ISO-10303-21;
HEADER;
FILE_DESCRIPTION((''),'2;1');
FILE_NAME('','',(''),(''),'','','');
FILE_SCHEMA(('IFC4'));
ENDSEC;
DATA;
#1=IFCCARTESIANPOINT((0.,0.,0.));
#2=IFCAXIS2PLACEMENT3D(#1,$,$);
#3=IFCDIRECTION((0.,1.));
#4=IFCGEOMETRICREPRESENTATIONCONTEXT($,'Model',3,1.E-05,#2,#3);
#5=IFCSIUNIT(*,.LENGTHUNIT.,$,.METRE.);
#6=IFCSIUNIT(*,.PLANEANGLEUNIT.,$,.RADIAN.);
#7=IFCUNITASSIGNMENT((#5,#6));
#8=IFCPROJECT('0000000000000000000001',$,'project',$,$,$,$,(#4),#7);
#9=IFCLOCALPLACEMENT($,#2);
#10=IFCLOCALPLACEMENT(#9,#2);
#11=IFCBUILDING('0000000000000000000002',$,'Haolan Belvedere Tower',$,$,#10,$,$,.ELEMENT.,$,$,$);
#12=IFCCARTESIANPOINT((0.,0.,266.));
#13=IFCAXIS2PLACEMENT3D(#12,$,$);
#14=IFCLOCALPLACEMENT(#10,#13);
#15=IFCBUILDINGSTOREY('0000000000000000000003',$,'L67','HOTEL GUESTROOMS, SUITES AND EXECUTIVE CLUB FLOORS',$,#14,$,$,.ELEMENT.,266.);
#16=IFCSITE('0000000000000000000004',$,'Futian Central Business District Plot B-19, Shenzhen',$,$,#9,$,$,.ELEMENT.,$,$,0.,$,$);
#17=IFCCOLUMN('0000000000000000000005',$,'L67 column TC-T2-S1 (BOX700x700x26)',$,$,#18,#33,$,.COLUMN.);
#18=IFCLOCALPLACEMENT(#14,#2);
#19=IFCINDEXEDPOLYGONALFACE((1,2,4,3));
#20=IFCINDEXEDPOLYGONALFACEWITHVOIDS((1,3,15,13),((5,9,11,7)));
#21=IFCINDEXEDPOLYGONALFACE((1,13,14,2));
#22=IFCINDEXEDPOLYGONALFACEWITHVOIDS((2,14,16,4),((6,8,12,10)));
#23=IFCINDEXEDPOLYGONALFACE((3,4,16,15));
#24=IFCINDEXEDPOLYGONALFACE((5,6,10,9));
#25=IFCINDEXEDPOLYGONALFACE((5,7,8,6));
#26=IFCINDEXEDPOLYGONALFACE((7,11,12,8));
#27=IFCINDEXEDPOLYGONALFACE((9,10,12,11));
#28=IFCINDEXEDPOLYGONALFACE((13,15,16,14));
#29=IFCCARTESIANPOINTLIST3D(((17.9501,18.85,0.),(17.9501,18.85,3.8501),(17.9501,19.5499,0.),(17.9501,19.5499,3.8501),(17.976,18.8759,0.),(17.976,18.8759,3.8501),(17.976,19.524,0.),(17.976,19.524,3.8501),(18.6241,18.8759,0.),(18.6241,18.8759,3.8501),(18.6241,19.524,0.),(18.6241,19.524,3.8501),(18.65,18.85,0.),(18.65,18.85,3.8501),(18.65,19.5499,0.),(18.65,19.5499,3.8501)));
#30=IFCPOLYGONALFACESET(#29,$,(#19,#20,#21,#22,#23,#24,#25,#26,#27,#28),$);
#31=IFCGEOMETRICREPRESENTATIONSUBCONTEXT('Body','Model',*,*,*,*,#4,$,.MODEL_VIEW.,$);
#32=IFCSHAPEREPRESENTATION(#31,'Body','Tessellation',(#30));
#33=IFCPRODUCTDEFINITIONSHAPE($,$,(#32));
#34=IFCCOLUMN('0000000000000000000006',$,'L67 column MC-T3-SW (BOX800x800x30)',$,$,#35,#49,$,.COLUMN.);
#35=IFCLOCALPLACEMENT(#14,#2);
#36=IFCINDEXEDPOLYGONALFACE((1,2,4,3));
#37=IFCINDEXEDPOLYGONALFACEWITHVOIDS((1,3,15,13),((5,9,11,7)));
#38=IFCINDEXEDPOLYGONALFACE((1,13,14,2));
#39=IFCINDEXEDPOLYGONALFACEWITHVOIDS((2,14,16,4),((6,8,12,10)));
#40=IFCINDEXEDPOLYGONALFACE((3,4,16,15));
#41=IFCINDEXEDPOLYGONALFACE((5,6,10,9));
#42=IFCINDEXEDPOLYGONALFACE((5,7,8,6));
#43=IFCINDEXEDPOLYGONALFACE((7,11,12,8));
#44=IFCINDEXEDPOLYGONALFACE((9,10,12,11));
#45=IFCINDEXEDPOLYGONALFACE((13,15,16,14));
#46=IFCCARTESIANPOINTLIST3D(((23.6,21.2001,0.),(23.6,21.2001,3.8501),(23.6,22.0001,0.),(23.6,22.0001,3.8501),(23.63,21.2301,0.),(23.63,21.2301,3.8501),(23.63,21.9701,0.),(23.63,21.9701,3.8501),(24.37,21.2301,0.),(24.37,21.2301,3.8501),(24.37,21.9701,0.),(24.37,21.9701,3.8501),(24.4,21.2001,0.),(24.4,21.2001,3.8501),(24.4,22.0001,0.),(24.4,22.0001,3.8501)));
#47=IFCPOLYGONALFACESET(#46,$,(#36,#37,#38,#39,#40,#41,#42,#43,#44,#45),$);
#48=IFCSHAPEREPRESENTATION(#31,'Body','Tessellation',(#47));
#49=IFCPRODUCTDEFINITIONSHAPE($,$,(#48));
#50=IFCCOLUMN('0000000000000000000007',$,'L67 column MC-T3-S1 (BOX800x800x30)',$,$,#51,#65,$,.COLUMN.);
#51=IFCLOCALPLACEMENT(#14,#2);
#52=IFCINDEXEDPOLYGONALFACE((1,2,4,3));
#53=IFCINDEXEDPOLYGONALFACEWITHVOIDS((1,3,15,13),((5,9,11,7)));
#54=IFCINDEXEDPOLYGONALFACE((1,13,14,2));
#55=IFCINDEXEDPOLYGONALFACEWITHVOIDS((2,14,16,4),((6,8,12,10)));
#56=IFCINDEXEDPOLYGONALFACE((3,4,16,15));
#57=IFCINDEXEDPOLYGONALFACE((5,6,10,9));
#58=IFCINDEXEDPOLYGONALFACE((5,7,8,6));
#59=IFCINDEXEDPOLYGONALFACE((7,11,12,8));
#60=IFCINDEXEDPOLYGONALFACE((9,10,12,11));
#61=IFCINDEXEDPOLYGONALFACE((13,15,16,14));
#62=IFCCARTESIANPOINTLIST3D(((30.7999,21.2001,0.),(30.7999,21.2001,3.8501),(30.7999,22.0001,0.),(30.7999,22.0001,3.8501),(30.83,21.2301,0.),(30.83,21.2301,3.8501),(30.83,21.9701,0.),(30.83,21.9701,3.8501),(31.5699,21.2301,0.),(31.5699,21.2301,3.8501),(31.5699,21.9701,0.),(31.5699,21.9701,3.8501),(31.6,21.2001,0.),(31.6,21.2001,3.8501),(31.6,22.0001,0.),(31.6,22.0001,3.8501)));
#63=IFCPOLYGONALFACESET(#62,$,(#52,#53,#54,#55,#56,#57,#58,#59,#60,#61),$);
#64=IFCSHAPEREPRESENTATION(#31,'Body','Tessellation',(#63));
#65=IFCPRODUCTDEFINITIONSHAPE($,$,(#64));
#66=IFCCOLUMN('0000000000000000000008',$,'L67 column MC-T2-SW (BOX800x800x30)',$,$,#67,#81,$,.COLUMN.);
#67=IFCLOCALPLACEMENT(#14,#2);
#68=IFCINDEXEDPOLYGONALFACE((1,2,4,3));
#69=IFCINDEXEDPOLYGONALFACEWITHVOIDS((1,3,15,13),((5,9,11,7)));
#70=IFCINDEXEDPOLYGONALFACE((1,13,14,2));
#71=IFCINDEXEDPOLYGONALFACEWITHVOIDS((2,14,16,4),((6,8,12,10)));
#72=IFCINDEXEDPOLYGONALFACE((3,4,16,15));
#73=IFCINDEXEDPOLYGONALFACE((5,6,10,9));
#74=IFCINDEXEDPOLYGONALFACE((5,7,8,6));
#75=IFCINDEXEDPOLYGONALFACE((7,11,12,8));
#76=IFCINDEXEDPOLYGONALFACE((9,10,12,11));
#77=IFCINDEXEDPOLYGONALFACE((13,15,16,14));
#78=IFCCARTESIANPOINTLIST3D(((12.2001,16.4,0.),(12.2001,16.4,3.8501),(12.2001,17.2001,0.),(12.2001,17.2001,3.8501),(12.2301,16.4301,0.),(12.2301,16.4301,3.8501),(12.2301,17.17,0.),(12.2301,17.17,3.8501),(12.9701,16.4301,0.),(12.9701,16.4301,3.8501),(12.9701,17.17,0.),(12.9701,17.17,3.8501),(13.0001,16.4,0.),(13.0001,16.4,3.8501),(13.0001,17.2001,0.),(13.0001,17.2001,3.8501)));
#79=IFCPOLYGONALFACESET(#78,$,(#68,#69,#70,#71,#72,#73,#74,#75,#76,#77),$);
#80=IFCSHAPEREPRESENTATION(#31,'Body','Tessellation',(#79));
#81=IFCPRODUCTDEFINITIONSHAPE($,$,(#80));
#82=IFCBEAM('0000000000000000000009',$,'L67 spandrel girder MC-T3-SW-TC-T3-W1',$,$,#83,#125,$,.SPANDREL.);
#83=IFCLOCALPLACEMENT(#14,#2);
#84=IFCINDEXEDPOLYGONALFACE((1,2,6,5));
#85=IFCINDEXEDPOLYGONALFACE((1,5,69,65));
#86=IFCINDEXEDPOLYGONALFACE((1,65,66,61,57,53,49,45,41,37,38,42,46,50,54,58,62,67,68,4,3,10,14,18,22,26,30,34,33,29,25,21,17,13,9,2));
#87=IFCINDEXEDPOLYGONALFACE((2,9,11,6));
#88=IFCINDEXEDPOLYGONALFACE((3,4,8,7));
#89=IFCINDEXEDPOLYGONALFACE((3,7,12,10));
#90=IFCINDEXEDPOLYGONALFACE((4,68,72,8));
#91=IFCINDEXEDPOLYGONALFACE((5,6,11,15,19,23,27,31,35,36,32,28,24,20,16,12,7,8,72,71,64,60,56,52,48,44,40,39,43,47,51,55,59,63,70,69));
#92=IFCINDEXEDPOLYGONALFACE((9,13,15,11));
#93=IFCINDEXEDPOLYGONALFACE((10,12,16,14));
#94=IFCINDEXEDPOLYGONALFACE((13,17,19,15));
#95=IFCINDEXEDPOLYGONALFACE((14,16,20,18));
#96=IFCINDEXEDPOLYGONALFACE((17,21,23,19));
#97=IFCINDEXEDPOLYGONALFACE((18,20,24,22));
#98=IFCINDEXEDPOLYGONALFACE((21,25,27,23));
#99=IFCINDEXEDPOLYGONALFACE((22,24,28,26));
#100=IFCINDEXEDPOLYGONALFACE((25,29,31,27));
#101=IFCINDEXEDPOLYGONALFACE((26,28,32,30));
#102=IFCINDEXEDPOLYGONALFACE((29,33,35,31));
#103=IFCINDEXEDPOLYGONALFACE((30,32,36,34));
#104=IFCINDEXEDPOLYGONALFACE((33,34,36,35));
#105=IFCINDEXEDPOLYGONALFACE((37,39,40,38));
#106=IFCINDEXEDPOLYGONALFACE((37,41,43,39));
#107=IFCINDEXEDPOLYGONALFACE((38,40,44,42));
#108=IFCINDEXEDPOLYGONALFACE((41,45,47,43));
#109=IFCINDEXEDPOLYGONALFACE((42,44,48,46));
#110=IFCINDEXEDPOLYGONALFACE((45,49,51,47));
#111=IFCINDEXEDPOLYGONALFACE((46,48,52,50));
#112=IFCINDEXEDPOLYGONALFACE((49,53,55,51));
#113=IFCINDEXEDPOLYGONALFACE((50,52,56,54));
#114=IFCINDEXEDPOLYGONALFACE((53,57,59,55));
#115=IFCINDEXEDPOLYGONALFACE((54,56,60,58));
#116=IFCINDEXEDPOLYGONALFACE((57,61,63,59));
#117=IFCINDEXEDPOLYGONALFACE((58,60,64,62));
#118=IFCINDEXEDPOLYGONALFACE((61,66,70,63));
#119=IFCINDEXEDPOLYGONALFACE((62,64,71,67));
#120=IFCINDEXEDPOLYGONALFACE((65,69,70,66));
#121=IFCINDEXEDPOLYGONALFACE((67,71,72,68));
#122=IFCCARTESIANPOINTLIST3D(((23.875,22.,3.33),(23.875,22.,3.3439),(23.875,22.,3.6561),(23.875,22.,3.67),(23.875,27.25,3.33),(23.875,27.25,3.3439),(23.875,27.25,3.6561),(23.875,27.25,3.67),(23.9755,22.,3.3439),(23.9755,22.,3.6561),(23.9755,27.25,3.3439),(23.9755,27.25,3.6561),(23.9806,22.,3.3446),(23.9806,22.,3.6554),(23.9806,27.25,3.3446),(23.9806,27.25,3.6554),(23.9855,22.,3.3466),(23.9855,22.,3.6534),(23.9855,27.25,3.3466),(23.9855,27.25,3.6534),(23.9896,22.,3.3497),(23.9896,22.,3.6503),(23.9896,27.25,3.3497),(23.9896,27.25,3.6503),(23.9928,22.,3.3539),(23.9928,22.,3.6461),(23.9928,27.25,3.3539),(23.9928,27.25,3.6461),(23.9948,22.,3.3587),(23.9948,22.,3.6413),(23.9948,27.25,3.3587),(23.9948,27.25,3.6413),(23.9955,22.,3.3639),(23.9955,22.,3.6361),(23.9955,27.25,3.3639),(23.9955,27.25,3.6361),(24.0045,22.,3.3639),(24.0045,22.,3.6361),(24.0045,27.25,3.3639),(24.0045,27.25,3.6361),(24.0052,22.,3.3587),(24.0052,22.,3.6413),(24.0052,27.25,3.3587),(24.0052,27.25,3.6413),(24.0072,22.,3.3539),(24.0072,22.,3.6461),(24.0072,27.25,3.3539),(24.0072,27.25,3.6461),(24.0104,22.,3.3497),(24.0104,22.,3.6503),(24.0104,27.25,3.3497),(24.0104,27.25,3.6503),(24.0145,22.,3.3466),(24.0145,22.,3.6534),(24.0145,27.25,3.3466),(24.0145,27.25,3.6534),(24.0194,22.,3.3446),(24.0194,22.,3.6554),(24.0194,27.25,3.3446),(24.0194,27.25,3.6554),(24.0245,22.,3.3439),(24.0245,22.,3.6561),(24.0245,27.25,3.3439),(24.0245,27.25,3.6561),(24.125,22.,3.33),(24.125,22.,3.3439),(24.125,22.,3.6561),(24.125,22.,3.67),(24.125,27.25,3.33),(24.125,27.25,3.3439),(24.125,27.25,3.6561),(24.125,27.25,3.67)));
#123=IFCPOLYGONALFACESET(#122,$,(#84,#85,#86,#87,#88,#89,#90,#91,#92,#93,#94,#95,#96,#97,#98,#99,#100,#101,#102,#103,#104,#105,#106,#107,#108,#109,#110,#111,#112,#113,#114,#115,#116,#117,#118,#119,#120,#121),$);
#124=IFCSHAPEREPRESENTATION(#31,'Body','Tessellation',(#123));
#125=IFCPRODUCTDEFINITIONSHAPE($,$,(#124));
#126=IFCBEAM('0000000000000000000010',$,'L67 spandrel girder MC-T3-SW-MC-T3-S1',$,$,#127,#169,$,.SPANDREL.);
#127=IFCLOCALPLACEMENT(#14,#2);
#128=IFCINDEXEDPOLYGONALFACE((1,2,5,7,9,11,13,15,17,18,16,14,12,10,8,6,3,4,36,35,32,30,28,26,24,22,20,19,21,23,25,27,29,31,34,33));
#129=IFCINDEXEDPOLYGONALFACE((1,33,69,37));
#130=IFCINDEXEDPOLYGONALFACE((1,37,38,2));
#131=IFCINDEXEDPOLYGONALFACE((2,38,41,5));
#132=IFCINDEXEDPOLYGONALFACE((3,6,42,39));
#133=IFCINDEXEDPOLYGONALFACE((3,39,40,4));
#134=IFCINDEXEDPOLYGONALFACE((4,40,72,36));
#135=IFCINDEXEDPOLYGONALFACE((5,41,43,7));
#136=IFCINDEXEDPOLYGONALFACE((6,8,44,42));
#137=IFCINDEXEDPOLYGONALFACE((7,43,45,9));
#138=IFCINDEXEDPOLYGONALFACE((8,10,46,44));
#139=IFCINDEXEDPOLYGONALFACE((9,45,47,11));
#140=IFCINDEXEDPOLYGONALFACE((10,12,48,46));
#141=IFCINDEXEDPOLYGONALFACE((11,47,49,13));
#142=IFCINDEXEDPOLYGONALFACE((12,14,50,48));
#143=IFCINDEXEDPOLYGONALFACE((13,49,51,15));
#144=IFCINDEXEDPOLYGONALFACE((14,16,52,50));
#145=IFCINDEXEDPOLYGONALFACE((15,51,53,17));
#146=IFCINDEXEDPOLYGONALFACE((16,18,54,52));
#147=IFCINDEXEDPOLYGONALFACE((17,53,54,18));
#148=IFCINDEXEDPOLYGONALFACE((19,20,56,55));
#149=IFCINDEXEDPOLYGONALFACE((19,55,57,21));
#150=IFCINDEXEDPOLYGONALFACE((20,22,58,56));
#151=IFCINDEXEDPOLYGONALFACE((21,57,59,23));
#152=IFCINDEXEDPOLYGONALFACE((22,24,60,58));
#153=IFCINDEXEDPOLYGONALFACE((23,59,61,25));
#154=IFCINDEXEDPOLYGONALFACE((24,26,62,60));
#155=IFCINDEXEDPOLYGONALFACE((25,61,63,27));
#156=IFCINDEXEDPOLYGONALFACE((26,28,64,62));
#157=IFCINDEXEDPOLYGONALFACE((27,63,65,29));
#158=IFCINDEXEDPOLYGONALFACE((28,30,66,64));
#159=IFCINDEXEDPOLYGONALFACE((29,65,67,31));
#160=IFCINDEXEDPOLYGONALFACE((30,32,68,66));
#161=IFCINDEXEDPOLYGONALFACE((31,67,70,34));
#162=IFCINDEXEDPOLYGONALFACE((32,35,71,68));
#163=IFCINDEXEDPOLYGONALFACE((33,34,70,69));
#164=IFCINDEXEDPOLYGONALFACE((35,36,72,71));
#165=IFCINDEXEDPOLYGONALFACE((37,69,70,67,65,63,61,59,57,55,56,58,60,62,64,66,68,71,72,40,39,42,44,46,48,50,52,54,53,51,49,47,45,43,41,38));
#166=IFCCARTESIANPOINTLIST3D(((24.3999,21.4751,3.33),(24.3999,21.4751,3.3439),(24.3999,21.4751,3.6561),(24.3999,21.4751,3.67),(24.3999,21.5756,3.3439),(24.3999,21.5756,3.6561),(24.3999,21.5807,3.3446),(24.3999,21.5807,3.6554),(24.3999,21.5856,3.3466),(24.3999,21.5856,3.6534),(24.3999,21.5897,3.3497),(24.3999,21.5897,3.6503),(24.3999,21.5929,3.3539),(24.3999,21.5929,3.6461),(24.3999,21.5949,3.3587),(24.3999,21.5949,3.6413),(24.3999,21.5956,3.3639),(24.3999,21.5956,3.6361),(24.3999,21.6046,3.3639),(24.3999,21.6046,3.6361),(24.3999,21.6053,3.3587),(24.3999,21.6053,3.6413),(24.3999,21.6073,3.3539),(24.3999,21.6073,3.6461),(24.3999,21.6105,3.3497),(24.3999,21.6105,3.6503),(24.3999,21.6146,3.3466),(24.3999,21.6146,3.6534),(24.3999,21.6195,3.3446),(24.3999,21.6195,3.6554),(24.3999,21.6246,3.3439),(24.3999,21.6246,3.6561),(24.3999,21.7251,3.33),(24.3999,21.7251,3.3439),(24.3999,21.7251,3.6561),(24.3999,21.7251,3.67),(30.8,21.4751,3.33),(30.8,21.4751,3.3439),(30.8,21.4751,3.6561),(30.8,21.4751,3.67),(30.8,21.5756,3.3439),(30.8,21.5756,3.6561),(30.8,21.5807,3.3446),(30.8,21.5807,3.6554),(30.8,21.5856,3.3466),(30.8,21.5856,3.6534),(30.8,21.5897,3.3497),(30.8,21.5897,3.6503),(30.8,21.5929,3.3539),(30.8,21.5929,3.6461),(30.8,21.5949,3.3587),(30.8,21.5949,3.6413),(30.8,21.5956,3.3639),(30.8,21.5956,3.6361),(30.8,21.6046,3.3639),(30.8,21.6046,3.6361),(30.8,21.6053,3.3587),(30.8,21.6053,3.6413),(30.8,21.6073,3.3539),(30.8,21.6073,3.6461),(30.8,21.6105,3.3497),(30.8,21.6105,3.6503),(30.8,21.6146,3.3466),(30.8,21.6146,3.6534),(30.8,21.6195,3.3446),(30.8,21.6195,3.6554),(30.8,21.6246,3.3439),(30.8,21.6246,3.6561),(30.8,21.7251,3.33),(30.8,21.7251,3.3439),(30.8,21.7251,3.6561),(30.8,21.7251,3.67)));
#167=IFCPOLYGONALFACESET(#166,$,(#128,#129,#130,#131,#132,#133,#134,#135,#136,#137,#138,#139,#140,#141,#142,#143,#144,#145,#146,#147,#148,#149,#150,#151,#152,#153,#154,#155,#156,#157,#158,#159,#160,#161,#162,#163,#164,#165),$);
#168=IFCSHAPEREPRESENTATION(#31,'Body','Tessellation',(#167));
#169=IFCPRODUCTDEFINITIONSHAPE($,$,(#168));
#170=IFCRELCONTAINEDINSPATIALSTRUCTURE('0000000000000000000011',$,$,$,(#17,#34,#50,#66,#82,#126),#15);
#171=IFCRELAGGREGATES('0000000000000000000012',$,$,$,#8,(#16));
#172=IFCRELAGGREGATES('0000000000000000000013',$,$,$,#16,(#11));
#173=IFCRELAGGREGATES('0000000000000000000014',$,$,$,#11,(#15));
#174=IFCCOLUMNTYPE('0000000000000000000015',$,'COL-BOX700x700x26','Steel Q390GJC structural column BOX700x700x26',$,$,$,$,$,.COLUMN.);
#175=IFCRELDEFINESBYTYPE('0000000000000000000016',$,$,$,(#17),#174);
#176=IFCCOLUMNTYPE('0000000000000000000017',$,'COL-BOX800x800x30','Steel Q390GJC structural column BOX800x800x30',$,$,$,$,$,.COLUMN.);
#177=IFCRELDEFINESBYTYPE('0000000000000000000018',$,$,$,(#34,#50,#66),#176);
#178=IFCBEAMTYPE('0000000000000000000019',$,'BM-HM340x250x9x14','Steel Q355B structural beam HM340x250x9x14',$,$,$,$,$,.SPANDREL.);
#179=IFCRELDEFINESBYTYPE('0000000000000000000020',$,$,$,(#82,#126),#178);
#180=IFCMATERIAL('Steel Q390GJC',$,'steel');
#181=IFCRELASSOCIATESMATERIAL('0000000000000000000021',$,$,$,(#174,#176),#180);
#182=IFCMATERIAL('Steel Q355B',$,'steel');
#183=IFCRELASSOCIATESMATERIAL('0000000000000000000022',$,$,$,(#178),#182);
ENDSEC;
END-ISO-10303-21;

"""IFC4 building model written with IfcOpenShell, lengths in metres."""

from ifc_helpers import new_model, si_unit, direction, frame, origin, origin_2d, place, context, subcontext, project, spatial, hollow_rectangle, i_section, extrude, material, material_profile, profile_set, type_object, element, save


model = new_model("IFC4")

# Units and contexts
model_context = context("Model", 3, precision=1e-05, world=origin(), true_north=direction((0.0, 1.0)))
body_context = subcontext(model_context, "Body", "Model", "MODEL_VIEW")
ifc_project = project(units=[si_unit("LENGTHUNIT", "METRE"), si_unit("PLANEANGLEUNIT", "RADIAN")], contexts=[model_context])

# Site, building, storey
site_placement = place(None, origin())
site = spatial("IfcSite", under=ifc_project, at=site_placement, Name="Futian Central Business District Plot B-19, Shenzhen", CompositionType="ELEMENT", RefElevation=0.0)
building_placement = place(site_placement, origin())
building = spatial("IfcBuilding", under=site, at=building_placement, Name="Haolan Belvedere Tower", CompositionType="ELEMENT")
storey_placement = place(building_placement, frame((0.0, 0.0, 266.0)))
storey = spatial("IfcBuildingStorey", under=building, at=storey_placement, Name="L67", Description="HOTEL GUESTROOMS, SUITES AND EXECUTIVE CLUB FLOORS", CompositionType="ELEMENT", Elevation=266.0)

# Columns
ifc_material_1 = material(Name="Steel Q390GJC", Category="steel")
ifc_material_profile_1 = material_profile(ifc_material_1, hollow_rectangle(XDim=0.7, YDim=0.7, WallThickness=0.0259, at=origin_2d()), Name="Steel Q390GJC")
ifc_profile_set_1 = profile_set([ifc_material_profile_1], Name="Steel Q390GJC")
column_type_1 = type_object("IfcColumnType", Name="COL-BOX700x700x26", Description="Steel Q390GJC structural column BOX700x700x26", PredefinedType="COLUMN", material=ifc_profile_set_1)
column_placement = place(storey_placement, frame((18.3, 19.2, 0.0), z_axis=(0.0, 0.0, 1.0), x_axis=(1.0, 0.0, 0.0)))
element("IfcColumn", 1, at=column_placement, inside=storey, type_object=column_type_1, Name="L67 column TC-T2-S1 (BOX700x700x26)", PredefinedType="COLUMN", context=body_context, shape_type="SweptSolid", body=[
    extrude(hollow_rectangle(XDim=0.7, YDim=0.7, WallThickness=0.0259, at=origin_2d()), origin(), (0.0, 0.0, 1.0), 3.8501),
])
ifc_material_profile_2 = material_profile(ifc_material_1, hollow_rectangle(XDim=0.8, YDim=0.8, WallThickness=0.03, at=origin_2d()), Name="Steel Q390GJC")
ifc_profile_set_2 = profile_set([ifc_material_profile_2], Name="Steel Q390GJC")
column_type_2 = type_object("IfcColumnType", Name="COL-BOX800x800x30", Description="Steel Q390GJC structural column BOX800x800x30", PredefinedType="COLUMN", material=ifc_profile_set_2)
for number, where, z_axis, x_axis, name in (
    (2, (24.0, 21.6001, 0.0), (0.0, 0.0, 1.0), (1.0, 0.0, 0.0), "L67 column MC-T3-SW (BOX800x800x30)"),
    (3, (31.2, 21.6001, 0.0), (0.0, 0.0, 1.0), (1.0, 0.0, 0.0), "L67 column MC-T3-S1 (BOX800x800x30)"),
    (4, (12.6001, 16.8, 0.0), (0.0, 0.0, 1.0), (1.0, 0.0, 0.0), "L67 column MC-T2-SW (BOX800x800x30)"),
):
    element("IfcColumn", number, at=place(storey_placement, frame(where, z_axis=z_axis, x_axis=x_axis)), inside=storey, type_object=column_type_2, Name=name, PredefinedType="COLUMN", context=body_context, shape_type="SweptSolid", body=[
        extrude(hollow_rectangle(XDim=0.8, YDim=0.8, WallThickness=0.03, at=origin_2d()), origin(), (0.0, 0.0, 1.0), 3.8501),
    ])

# Beams
ifc_material_2 = material(Name="Steel Q355B", Category="steel")
ifc_material_profile_3 = material_profile(ifc_material_2, i_section(OverallWidth=0.25, OverallDepth=0.3401, WebThickness=0.009, FlangeThickness=0.0139, FilletRadius=0.02, at=origin_2d()), Name="Steel Q355B")
ifc_profile_set_3 = profile_set([ifc_material_profile_3], Name="Steel Q355B")
beam_type_1 = type_object("IfcBeamType", Name="BM-HM340x250x9x14", Description="Steel Q355B structural beam HM340x250x9x14", PredefinedType="SPANDREL", material=ifc_profile_set_3)
beam_1_placement = place(storey_placement, frame((24.0, 22.0, 3.5), z_axis=(0.0, 1.0, 0.0), x_axis=(-1.0, 0.0, 0.0)))
element("IfcBeam", 5, at=beam_1_placement, inside=storey, type_object=beam_type_1, Name="L67 spandrel girder MC-T3-SW-TC-T3-W1", PredefinedType="SPANDREL", context=body_context, shape_type="SweptSolid", body=[
    extrude(i_section(OverallWidth=0.25, OverallDepth=0.3401, WebThickness=0.009, FlangeThickness=0.0139, FilletRadius=0.02, at=origin_2d()), origin(), (0.0, 0.0, 1.0), 5.25),
])
beam_2_placement = place(storey_placement, frame((24.3999, 21.6001, 3.5), z_axis=(1.0, 0.0, 0.0), x_axis=(0.0, 1.0, 0.0)))
element("IfcBeam", 6, at=beam_2_placement, inside=storey, type_object=beam_type_1, Name="L67 spandrel girder MC-T3-SW-MC-T3-S1", PredefinedType="SPANDREL", context=body_context, shape_type="SweptSolid", body=[
    extrude(i_section(OverallWidth=0.25, OverallDepth=0.3401, WebThickness=0.009, FlangeThickness=0.0139, FilletRadius=0.02, at=origin_2d()), origin(), (0.0, 0.0, 1.0), 6.4001),
])

save(model, "model.ifc")
